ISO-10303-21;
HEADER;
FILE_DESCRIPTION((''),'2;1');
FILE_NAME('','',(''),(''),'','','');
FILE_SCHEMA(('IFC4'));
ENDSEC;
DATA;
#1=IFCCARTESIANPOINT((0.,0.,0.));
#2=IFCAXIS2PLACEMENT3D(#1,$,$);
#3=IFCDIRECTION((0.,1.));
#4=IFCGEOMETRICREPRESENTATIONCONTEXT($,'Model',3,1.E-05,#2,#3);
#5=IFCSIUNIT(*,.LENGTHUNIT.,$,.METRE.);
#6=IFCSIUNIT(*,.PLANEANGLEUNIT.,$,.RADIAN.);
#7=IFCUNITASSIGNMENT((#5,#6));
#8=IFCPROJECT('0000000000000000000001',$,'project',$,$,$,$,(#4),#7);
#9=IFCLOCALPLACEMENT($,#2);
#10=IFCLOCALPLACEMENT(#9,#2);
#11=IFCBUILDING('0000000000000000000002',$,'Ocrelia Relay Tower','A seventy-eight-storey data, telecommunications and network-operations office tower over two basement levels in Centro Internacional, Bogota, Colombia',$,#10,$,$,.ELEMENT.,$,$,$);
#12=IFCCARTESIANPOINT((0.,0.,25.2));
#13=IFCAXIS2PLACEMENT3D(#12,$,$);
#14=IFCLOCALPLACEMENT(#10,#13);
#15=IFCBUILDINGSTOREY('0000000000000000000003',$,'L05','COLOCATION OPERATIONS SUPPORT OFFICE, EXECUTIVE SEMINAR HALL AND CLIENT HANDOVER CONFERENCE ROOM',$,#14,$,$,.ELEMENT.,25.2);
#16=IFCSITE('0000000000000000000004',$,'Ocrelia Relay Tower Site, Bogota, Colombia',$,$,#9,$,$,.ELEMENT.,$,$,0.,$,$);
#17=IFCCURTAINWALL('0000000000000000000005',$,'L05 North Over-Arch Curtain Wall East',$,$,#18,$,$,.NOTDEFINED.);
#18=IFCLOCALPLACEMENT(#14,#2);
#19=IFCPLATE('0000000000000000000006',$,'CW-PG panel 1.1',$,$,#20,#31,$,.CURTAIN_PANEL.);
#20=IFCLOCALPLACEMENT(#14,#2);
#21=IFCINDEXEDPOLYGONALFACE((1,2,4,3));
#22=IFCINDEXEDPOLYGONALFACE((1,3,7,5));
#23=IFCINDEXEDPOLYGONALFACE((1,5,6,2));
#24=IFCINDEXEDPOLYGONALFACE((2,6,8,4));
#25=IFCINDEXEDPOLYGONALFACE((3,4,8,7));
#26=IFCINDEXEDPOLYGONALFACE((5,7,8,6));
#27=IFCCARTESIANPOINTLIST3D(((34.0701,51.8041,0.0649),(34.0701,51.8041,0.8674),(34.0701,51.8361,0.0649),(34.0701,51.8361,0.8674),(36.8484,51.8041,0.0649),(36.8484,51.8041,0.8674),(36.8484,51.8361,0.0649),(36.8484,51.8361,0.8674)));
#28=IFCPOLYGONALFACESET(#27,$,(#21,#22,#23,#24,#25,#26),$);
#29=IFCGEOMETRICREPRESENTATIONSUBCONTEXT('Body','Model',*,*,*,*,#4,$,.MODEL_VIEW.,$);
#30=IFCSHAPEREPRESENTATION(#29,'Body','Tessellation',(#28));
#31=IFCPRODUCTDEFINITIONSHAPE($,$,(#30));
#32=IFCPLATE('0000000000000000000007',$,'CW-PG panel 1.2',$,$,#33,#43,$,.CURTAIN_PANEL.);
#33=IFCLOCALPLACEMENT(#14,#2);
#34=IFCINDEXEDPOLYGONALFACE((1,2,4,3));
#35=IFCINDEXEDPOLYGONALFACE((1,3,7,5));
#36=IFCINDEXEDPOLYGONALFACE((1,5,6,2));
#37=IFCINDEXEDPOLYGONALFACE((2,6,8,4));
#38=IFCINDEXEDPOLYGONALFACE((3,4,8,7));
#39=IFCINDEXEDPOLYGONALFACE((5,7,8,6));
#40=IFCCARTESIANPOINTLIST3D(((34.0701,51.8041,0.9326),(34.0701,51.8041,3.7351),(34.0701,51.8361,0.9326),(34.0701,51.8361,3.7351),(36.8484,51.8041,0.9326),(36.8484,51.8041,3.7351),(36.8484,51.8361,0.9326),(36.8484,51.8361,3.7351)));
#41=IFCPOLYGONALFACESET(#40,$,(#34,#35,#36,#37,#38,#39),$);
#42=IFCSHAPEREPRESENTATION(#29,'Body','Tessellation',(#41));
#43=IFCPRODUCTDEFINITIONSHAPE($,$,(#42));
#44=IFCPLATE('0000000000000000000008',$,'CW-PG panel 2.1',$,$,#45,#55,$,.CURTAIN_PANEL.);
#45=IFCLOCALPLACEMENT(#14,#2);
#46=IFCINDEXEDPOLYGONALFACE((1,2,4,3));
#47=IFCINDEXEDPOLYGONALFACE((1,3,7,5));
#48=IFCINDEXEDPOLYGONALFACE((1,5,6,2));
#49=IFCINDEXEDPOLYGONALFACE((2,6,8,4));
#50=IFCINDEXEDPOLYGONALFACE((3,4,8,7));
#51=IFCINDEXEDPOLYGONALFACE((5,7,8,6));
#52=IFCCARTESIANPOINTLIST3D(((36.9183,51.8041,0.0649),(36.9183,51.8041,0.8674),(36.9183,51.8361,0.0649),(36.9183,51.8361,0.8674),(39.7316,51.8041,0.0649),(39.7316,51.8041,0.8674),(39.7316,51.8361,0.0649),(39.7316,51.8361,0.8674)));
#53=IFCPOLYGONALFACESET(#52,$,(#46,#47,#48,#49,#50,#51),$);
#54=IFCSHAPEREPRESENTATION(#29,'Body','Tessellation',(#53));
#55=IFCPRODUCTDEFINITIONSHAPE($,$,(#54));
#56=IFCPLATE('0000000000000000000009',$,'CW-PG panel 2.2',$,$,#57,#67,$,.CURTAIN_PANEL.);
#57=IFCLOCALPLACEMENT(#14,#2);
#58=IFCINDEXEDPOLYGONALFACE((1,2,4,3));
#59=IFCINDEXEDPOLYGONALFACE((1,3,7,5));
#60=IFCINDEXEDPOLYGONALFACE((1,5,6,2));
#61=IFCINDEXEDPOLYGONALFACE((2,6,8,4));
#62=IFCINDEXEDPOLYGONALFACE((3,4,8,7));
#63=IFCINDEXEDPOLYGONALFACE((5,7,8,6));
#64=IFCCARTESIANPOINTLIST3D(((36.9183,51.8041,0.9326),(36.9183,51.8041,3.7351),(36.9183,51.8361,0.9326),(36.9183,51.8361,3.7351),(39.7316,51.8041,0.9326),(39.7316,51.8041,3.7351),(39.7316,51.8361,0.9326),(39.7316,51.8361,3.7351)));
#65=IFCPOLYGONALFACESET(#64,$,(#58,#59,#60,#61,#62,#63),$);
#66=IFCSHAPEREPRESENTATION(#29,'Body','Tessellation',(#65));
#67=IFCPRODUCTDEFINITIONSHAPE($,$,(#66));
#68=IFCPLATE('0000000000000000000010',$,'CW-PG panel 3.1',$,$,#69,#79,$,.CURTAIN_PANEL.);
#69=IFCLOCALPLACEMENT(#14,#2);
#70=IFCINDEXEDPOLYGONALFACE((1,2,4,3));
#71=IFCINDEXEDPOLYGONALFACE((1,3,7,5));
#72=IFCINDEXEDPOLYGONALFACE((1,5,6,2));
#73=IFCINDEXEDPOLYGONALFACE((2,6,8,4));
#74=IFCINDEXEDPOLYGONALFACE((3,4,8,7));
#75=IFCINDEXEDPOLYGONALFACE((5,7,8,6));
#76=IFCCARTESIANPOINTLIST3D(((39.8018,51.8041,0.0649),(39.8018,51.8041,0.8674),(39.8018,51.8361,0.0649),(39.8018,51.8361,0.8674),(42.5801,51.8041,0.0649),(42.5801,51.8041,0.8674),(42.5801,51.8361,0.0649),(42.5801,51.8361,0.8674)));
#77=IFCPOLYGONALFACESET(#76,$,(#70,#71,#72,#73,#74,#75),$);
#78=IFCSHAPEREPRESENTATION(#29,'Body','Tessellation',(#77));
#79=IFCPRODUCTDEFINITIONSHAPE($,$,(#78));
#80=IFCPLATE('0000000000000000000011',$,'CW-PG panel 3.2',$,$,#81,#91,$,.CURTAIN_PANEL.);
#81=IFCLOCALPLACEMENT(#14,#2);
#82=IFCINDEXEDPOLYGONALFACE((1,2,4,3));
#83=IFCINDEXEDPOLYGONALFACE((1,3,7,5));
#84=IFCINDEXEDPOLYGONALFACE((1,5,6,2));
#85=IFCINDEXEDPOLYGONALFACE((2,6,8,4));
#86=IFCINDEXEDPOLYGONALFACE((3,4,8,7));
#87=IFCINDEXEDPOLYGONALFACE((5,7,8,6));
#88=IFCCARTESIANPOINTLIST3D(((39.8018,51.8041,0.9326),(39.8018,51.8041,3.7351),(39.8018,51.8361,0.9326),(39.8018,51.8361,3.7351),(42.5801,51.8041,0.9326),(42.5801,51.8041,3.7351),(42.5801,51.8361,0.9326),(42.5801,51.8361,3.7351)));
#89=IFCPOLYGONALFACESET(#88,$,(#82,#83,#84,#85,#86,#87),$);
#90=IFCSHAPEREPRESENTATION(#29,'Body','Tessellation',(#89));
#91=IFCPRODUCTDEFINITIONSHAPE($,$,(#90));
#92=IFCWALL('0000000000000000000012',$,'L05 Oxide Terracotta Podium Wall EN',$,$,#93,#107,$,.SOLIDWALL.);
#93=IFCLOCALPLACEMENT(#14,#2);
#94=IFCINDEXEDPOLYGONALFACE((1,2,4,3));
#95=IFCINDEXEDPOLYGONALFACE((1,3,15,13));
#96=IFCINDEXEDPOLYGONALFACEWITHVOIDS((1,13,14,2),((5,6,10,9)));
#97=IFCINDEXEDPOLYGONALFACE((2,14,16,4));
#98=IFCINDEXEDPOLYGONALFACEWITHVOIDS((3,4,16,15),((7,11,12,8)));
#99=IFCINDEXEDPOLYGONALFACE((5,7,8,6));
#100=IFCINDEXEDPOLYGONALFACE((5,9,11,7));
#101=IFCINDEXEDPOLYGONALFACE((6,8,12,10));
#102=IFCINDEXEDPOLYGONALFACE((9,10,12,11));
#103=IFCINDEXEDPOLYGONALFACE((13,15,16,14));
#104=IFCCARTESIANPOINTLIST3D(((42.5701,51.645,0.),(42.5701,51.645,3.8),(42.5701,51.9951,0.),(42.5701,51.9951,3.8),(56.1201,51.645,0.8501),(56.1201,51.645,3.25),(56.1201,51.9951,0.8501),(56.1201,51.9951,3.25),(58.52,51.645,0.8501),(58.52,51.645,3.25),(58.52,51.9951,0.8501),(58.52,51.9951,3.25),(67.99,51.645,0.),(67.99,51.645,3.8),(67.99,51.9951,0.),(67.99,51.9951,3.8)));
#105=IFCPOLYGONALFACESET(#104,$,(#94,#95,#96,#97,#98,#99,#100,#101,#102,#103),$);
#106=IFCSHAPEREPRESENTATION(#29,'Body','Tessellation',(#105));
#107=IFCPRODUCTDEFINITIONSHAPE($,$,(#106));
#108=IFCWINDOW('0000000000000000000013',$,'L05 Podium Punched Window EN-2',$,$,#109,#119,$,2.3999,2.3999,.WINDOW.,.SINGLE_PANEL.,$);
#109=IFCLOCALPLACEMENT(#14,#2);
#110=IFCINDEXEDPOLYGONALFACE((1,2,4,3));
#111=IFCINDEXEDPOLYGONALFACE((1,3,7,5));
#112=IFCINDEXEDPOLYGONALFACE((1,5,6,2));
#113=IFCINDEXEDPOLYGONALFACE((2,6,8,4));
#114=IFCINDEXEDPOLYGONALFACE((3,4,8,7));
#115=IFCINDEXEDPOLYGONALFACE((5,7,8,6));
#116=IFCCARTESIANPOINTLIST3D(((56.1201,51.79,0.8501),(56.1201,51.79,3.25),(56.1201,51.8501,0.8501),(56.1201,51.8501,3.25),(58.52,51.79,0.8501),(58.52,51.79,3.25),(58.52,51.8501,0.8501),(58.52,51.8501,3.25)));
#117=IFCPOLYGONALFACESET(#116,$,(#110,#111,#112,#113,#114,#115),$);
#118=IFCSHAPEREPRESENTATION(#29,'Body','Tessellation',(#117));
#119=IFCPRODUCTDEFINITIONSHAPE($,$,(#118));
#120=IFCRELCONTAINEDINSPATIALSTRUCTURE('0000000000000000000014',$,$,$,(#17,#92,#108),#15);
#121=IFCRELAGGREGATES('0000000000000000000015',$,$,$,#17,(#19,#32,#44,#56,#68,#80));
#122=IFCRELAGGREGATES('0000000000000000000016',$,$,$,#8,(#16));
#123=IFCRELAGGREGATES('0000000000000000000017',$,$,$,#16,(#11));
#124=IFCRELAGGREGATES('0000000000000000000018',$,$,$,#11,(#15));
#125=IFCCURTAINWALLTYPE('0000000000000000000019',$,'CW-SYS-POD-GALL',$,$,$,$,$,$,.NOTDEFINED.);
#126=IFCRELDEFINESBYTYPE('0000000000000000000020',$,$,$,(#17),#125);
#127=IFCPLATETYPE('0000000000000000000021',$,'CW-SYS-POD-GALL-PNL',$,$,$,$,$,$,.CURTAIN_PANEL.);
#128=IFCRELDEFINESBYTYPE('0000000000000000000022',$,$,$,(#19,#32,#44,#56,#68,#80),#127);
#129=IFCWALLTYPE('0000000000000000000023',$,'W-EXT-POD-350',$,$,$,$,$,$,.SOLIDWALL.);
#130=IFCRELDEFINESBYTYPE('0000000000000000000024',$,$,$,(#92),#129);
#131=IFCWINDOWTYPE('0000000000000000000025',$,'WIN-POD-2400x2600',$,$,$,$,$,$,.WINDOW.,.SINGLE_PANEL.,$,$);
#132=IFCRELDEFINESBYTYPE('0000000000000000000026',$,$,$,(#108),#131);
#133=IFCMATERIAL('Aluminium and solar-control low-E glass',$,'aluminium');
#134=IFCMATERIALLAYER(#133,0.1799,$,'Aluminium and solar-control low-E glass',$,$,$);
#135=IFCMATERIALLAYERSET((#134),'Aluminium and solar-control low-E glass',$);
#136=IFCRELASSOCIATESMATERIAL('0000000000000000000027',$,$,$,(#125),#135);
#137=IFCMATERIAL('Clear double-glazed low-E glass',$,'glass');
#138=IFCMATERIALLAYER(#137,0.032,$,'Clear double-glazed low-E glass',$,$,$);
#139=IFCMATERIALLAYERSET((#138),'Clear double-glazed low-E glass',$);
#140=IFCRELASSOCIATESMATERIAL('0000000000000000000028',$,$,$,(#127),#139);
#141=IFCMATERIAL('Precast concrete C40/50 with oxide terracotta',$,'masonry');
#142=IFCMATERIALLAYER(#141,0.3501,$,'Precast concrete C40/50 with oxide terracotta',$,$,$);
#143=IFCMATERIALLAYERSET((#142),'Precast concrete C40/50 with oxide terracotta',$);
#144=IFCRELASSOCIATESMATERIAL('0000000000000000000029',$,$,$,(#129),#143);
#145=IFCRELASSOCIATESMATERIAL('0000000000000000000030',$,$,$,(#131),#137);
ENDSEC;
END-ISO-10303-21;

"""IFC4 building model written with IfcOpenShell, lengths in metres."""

from ifc_helpers import new_model, si_unit, direction, frame, frame_2d, origin, origin_2d, place, context, subcontext, project, spatial, rectangle, extrude, material, layer, layer_set, type_object, element, fill, aggregate, save


model = new_model("IFC4")

# Units and contexts
model_context = context("Model", 3, precision=1e-05, world=origin(), true_north=direction((0.0, 1.0)))
body_context = subcontext(model_context, "Body", "Model", "MODEL_VIEW")
ifc_project = project(units=[si_unit("LENGTHUNIT", "METRE"), si_unit("PLANEANGLEUNIT", "RADIAN")], contexts=[model_context])

# Site, building, storey
site_placement = place(None, origin())
site = spatial("IfcSite", under=ifc_project, at=site_placement, Name="Ocrelia Relay Tower Site, Bogota, Colombia", CompositionType="ELEMENT", RefElevation=0.0)
building_placement = place(site_placement, origin())
building = spatial("IfcBuilding", under=site, at=building_placement, Name="Ocrelia Relay Tower", Description="A seventy-eight-storey data, telecommunications and network-operations office tower over two basement levels in Centro Internacional, Bogota, Colombia", CompositionType="ELEMENT")
storey_placement = place(building_placement, frame((0.0, 0.0, 25.2)))
storey = spatial("IfcBuildingStorey", under=building, at=storey_placement, Name="L05", Description="COLOCATION OPERATIONS SUPPORT OFFICE, EXECUTIVE SEMINAR HALL AND CLIENT HANDOVER CONFERENCE ROOM", CompositionType="ELEMENT", Elevation=25.2)

# Curtain wall, plates
ifc_material_1 = material(Name="Aluminium and solar-control low-E glass", Category="aluminium")
ifc_layer_1 = layer(ifc_material_1, 0.1799, Name="Aluminium and solar-control low-E glass")
ifc_layer_set_1 = layer_set([ifc_layer_1], Name="Aluminium and solar-control low-E glass")
curtain_wall_type = type_object("IfcCurtainWallType", Name="CW-SYS-POD-GALL", PredefinedType="NOTDEFINED", material=ifc_layer_set_1)
curtain_wall_placement = place(storey_placement, origin())
curtain_wall = element("IfcCurtainWall", 1, at=curtain_wall_placement, inside=storey, type_object=curtain_wall_type, Name="L05 North Over-Arch Curtain Wall East", PredefinedType="NOTDEFINED")
ifc_material_2 = material(Name="Clear double-glazed low-E glass", Category="glass")
ifc_layer_2 = layer(ifc_material_2, 0.032, Name="Clear double-glazed low-E glass")
ifc_layer_set_2 = layer_set([ifc_layer_2], Name="Clear double-glazed low-E glass")
plate_type = type_object("IfcPlateType", Name="CW-SYS-POD-GALL-PNL", PredefinedType="CURTAIN_PANEL", material=ifc_layer_set_2)
plate_1_placement = place(storey_placement, frame((35.4592, 51.8201, 0.0649), z_axis=(0.0, 0.0, 1.0), x_axis=(1.0, 0.0, 0.0)))
plate_1 = element("IfcPlate", 2, at=plate_1_placement, type_object=plate_type, Name="CW-PG panel 1.1", PredefinedType="CURTAIN_PANEL", context=body_context, shape_type="SweptSolid", body=[
    extrude(rectangle(XDim=2.7783, YDim=0.032, at=origin_2d()), origin(), (0.0, 0.0, 1.0), 0.8025),
])
plate_2_placement = place(storey_placement, frame((35.4592, 51.8201, 0.9326), z_axis=(0.0, 0.0, 1.0), x_axis=(1.0, 0.0, 0.0)))
plate_2 = element("IfcPlate", 3, at=plate_2_placement, type_object=plate_type, Name="CW-PG panel 1.2", PredefinedType="CURTAIN_PANEL", context=body_context, shape_type="SweptSolid", body=[
    extrude(rectangle(XDim=2.7783, YDim=0.032, at=origin_2d()), origin(), (0.0, 0.0, 1.0), 2.8025),
])
plate_3_placement = place(storey_placement, frame((38.325, 51.8201, 0.0649), z_axis=(0.0, 0.0, 1.0), x_axis=(1.0, 0.0, 0.0)))
plate_3 = element("IfcPlate", 4, at=plate_3_placement, type_object=plate_type, Name="CW-PG panel 2.1", PredefinedType="CURTAIN_PANEL", context=body_context, shape_type="SweptSolid", body=[
    extrude(rectangle(XDim=2.8132, YDim=0.032, at=origin_2d()), origin(), (0.0, 0.0, 1.0), 0.8025),
])
plate_4_placement = place(storey_placement, frame((38.325, 51.8201, 0.9326), z_axis=(0.0, 0.0, 1.0), x_axis=(1.0, 0.0, 0.0)))
plate_4 = element("IfcPlate", 5, at=plate_4_placement, type_object=plate_type, Name="CW-PG panel 2.2", PredefinedType="CURTAIN_PANEL", context=body_context, shape_type="SweptSolid", body=[
    extrude(rectangle(XDim=2.8132, YDim=0.032, at=origin_2d()), origin(), (0.0, 0.0, 1.0), 2.8025),
])
plate_5_placement = place(storey_placement, frame((41.1909, 51.8201, 0.0649), z_axis=(0.0, 0.0, 1.0), x_axis=(1.0, 0.0, 0.0)))
plate_5 = element("IfcPlate", 6, at=plate_5_placement, type_object=plate_type, Name="CW-PG panel 3.1", PredefinedType="CURTAIN_PANEL", context=body_context, shape_type="SweptSolid", body=[
    extrude(rectangle(XDim=2.7783, YDim=0.032, at=origin_2d()), origin(), (0.0, 0.0, 1.0), 0.8025),
])
plate_6_placement = place(storey_placement, frame((41.1909, 51.8201, 0.9326), z_axis=(0.0, 0.0, 1.0), x_axis=(1.0, 0.0, 0.0)))
plate_6 = element("IfcPlate", 7, at=plate_6_placement, type_object=plate_type, Name="CW-PG panel 3.2", PredefinedType="CURTAIN_PANEL", context=body_context, shape_type="SweptSolid", body=[
    extrude(rectangle(XDim=2.7783, YDim=0.032, at=origin_2d()), origin(), (0.0, 0.0, 1.0), 2.8025),
])
aggregate(curtain_wall, [plate_1, plate_2, plate_3, plate_4, plate_5, plate_6])

# Wall, opening, window
ifc_material_3 = material(Name="Precast concrete C40/50 with oxide terracotta", Category="masonry")
ifc_layer_3 = layer(ifc_material_3, 0.3501, Name="Precast concrete C40/50 with oxide terracotta")
ifc_layer_set_3 = layer_set([ifc_layer_3], Name="Precast concrete C40/50 with oxide terracotta")
wall_type = type_object("IfcWallType", Name="W-EXT-POD-350", PredefinedType="SOLIDWALL", material=ifc_layer_set_3)
wall_placement = place(storey_placement, frame((42.5701, 51.8201, 0.0), z_axis=(0.0, 0.0, 1.0), x_axis=(1.0, 0.0, 0.0)))
wall = element("IfcWall", 8, at=wall_placement, inside=storey, type_object=wall_type, Name="L05 Oxide Terracotta Podium Wall EN", PredefinedType="SOLIDWALL", context=body_context, shape_type="SweptSolid", body=[
    extrude(rectangle(XDim=25.4199, YDim=0.3501, at=frame_2d((12.71, 0.0))), origin(), (0.0, 0.0, 1.0), 3.8),
])
opening_placement = place(wall_placement, frame((13.55, 0.0, 0.8501)))
opening = element("IfcOpeningElement", 9, at=opening_placement, cuts=wall, PredefinedType="OPENING", context=body_context, shape_type="SweptSolid", body=[
    extrude(rectangle(XDim=2.3999, YDim=2.3999, at=frame_2d((1.2, 1.2))), frame((0.0, 0.1851, 0.0), z_axis=(0.0, -1.0, 0.0), x_axis=(1.0, 0.0, 0.0)), (0.0, 0.0, 1.0), 0.3701),
])
window_type = type_object("IfcWindowType", Name="WIN-POD-2400x2600", PartitioningType="SINGLE_PANEL", PredefinedType="WINDOW", material=ifc_material_2)
window_placement = place(opening_placement, origin())
window = element("IfcWindow", 10, at=window_placement, inside=storey, type_object=window_type, Name="L05 Podium Punched Window EN-2", OverallHeight=2.3999, OverallWidth=2.3999, PartitioningType="SINGLE_PANEL", PredefinedType="WINDOW", context=body_context, shape_type="SweptSolid", body=[
    extrude(rectangle(XDim=2.3999, YDim=2.3999, at=frame_2d((1.2, 1.2))), frame((0.0, 0.03, 0.0), z_axis=(0.0, -1.0, 0.0), x_axis=(1.0, 0.0, 0.0)), (0.0, 0.0, 1.0), 0.0601),
])
fill(opening, window)

save(model, "model.ifc")
